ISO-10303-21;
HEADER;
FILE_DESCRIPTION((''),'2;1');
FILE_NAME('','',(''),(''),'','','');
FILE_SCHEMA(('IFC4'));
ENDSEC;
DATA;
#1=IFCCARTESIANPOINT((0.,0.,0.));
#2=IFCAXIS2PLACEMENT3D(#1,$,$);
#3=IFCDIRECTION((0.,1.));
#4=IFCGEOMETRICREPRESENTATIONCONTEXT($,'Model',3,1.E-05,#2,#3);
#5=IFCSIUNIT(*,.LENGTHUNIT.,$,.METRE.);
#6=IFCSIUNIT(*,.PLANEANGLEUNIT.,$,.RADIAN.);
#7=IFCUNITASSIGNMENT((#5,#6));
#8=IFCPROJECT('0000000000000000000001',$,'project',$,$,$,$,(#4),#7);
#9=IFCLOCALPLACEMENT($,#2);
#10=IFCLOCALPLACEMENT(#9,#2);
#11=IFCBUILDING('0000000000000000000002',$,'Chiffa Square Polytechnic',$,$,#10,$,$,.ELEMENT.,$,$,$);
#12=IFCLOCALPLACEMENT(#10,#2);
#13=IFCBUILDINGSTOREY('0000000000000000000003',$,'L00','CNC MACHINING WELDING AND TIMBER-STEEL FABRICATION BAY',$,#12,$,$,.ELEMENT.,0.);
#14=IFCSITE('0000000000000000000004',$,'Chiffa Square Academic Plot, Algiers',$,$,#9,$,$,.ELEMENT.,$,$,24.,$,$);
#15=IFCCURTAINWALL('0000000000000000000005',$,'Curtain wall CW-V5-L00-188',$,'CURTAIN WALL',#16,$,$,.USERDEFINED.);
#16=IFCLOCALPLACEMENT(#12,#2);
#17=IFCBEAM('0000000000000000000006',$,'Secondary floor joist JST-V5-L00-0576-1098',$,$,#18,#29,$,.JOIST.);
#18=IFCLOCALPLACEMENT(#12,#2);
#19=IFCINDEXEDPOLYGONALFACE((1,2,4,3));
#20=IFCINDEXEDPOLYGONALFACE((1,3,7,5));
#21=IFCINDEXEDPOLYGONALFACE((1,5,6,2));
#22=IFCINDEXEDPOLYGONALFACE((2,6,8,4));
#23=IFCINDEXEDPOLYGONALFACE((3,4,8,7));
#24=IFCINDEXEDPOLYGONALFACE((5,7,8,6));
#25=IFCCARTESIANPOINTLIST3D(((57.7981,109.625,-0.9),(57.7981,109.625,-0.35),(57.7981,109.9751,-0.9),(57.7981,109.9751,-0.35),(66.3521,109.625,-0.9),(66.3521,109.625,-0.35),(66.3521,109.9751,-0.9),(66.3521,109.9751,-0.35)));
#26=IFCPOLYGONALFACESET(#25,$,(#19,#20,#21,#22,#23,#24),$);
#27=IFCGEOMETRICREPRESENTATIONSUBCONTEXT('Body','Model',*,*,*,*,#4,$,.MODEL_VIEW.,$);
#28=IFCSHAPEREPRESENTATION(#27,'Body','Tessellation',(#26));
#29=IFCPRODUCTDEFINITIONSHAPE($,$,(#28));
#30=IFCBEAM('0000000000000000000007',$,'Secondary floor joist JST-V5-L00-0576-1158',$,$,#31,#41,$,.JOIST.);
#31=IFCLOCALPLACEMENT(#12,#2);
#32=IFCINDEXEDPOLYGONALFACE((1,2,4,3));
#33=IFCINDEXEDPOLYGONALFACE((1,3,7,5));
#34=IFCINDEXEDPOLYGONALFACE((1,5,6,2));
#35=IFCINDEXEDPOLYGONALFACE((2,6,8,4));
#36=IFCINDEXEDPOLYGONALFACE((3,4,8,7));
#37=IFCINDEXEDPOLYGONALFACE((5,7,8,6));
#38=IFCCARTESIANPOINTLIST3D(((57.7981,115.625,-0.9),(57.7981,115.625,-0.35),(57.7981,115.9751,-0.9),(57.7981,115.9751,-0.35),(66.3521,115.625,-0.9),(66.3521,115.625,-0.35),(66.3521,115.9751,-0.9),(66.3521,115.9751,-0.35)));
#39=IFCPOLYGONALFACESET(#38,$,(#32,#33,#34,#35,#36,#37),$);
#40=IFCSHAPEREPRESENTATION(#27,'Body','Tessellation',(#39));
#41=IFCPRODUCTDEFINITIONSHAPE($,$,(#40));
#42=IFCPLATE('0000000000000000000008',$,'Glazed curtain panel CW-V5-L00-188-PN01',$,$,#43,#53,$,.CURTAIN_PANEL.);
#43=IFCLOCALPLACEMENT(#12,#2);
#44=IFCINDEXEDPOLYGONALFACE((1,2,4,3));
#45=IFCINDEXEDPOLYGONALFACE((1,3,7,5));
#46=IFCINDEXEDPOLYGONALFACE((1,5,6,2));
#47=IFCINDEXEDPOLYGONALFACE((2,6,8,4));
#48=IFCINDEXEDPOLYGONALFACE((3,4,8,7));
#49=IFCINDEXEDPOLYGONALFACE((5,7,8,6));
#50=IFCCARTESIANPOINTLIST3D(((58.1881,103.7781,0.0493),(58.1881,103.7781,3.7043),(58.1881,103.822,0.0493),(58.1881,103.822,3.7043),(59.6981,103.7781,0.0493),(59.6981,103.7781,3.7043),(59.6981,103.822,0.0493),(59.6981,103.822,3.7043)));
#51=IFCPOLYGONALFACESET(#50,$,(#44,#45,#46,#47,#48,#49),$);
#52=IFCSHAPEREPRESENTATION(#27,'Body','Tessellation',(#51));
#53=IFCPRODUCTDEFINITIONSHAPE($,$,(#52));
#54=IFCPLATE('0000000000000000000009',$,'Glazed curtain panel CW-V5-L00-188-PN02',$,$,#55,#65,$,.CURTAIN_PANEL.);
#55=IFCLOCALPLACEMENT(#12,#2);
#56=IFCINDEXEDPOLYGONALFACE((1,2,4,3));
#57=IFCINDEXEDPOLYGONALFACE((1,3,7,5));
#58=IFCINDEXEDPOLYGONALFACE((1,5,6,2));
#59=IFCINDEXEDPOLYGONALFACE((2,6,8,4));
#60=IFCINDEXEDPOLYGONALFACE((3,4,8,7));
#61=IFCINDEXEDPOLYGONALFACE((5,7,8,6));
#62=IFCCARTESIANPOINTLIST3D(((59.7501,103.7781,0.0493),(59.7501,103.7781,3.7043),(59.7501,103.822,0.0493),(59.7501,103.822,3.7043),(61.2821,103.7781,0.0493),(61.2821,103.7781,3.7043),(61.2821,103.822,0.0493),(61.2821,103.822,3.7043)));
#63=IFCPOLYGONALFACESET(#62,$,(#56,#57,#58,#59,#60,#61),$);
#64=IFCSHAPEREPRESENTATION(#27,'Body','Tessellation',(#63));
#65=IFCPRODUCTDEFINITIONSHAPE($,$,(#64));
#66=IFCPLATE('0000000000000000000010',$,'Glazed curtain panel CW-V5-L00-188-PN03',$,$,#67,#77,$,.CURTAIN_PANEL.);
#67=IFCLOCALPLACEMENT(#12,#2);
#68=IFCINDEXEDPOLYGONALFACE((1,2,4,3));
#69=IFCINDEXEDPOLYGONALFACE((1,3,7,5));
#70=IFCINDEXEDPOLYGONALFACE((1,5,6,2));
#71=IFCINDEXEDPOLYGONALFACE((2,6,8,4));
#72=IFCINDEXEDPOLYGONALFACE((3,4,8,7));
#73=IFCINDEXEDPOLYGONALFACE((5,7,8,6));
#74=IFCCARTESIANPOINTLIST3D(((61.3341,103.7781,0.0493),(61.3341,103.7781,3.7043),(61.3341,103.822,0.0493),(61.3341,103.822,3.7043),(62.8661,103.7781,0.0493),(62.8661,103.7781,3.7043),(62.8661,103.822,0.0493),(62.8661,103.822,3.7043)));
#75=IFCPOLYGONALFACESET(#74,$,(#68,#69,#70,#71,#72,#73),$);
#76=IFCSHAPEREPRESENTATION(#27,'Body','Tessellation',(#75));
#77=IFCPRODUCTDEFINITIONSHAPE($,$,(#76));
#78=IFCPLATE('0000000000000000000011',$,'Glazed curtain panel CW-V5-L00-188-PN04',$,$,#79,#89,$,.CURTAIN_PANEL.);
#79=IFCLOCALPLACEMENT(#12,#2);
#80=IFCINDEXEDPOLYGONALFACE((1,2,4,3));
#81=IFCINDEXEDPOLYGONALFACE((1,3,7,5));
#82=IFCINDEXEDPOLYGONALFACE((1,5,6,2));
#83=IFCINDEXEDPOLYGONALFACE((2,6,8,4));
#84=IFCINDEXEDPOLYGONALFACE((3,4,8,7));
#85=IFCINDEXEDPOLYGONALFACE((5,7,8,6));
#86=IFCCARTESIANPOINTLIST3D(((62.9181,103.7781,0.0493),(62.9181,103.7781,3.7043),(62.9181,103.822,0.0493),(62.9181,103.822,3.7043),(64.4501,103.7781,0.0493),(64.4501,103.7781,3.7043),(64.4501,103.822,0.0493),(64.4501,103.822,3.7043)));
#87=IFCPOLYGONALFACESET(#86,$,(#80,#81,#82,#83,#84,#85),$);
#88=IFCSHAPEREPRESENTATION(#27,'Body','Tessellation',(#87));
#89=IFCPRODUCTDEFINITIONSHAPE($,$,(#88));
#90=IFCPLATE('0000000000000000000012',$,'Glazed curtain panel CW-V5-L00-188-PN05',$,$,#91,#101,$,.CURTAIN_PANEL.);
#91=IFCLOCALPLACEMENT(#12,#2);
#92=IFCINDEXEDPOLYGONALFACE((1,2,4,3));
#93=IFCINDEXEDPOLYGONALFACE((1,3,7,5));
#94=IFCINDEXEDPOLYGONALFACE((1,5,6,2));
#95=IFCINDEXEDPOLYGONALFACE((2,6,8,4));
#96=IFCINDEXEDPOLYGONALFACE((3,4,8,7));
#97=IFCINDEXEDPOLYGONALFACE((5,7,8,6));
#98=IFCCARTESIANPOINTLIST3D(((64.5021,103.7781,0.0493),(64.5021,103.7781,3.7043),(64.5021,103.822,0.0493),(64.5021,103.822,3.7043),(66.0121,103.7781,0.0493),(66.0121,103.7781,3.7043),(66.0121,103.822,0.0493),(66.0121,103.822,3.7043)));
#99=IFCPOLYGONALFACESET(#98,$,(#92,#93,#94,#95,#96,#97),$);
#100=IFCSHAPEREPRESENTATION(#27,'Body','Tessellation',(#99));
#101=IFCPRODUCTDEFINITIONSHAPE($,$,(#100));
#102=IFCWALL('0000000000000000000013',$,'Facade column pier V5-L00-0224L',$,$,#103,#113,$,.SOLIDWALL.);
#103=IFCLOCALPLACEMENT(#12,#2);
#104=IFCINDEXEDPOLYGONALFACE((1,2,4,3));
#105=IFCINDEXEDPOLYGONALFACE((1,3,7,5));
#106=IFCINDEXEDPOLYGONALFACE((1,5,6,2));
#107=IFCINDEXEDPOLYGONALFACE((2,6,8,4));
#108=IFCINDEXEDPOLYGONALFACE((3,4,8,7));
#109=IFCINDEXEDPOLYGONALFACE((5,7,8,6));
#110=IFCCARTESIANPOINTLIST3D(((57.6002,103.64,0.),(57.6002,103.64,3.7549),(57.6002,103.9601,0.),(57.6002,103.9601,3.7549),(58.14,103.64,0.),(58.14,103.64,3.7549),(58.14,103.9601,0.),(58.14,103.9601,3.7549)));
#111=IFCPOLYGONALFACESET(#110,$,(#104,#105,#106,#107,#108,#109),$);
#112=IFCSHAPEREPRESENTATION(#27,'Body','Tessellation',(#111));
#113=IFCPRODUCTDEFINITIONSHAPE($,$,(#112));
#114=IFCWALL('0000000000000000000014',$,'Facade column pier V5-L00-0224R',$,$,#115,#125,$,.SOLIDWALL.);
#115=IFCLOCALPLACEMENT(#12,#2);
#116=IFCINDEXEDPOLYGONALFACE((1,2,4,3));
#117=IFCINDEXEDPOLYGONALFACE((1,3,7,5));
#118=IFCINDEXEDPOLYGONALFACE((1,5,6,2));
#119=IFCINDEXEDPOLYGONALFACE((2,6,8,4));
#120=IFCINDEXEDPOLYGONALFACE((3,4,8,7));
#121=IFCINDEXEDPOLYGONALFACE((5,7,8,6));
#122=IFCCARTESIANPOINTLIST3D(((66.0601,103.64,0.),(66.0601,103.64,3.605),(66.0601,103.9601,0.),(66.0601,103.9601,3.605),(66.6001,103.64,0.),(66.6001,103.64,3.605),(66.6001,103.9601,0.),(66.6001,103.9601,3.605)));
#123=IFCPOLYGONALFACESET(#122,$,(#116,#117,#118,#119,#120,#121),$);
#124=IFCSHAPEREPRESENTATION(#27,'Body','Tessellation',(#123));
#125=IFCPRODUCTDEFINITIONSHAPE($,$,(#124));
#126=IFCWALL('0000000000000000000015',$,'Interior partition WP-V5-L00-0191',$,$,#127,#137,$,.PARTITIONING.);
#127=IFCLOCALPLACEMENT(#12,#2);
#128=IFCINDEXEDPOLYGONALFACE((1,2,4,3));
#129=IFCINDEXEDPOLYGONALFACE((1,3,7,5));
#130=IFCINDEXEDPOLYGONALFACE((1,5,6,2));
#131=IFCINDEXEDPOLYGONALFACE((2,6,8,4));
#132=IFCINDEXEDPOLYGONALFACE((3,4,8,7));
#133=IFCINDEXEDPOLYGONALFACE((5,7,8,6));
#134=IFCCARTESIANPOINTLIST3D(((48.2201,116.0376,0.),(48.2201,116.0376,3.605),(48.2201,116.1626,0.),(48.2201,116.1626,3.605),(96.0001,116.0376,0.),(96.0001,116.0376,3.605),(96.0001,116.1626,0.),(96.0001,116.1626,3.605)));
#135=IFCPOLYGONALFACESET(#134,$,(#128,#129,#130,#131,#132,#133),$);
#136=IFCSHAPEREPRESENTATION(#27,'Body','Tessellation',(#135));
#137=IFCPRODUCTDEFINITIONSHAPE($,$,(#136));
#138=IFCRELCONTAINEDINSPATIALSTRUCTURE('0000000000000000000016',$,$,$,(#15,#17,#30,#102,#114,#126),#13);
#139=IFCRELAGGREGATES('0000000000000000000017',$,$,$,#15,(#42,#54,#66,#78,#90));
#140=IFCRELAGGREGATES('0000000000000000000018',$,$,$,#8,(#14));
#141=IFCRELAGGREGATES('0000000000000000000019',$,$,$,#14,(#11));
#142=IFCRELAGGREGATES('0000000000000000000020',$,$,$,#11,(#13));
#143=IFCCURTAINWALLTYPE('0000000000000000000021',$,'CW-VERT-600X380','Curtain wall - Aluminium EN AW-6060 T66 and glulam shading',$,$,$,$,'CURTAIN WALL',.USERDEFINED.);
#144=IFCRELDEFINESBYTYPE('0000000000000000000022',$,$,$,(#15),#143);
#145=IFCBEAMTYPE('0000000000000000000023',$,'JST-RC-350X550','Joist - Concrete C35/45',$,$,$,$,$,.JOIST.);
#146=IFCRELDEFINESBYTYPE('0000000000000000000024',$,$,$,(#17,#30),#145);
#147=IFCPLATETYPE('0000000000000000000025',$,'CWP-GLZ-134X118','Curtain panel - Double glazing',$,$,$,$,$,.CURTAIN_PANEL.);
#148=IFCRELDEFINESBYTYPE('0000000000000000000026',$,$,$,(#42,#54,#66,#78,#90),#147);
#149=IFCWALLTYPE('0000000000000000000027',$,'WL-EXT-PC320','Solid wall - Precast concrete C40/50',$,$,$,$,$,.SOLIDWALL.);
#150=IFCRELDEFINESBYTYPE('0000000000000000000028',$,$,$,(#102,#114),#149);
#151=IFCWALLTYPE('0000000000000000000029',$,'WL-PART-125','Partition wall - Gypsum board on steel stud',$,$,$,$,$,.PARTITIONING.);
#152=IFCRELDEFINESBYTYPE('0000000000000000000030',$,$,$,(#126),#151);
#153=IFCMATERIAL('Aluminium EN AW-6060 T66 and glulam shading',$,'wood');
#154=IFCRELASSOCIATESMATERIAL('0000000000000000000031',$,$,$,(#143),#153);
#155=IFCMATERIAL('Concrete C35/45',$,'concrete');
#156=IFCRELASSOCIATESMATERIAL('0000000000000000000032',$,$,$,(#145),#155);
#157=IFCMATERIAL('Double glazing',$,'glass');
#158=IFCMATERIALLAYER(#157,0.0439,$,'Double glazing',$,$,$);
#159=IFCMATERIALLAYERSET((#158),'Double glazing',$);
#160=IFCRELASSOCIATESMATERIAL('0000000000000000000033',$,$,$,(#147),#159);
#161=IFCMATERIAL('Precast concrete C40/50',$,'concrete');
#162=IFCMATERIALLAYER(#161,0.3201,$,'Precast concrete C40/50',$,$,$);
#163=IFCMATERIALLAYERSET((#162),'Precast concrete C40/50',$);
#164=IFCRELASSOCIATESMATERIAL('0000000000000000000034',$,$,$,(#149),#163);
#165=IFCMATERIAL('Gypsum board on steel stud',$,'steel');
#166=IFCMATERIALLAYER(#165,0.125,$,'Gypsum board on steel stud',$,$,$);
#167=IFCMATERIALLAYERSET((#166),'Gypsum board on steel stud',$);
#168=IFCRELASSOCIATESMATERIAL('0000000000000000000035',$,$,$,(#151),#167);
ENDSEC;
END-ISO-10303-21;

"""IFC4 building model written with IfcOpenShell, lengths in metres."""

from ifc_helpers import new_model, si_unit, direction, frame, frame_2d, origin, origin_2d, place, context, subcontext, project, spatial, rectangle, extrude, material, layer, layer_set, material_profile, profile_set, type_object, element, aggregate, save


model = new_model("IFC4")

# Units and contexts
model_context = context("Model", 3, precision=1e-05, world=origin(), true_north=direction((0.0, 1.0)))
body_context = subcontext(model_context, "Body", "Model", "MODEL_VIEW")
ifc_project = project(units=[si_unit("LENGTHUNIT", "METRE"), si_unit("PLANEANGLEUNIT", "RADIAN")], contexts=[model_context])

# Site, building, storey
site_placement = place(None, origin())
site = spatial("IfcSite", under=ifc_project, at=site_placement, Name="Chiffa Square Academic Plot, Algiers", CompositionType="ELEMENT", RefElevation=24.0)
building_placement = place(site_placement, origin())
building = spatial("IfcBuilding", under=site, at=building_placement, Name="Chiffa Square Polytechnic", CompositionType="ELEMENT")
storey_placement = place(building_placement, origin())
storey = spatial("IfcBuildingStorey", under=building, at=storey_placement, Name="L00", Description="CNC MACHINING WELDING AND TIMBER-STEEL FABRICATION BAY", CompositionType="ELEMENT", Elevation=0.0)

# Shared definitions
ifc_material_1 = material(Name="Concrete C35/45", Category="concrete")

# Curtain wall
ifc_material_2 = material(Name="Aluminium EN AW-6060 T66 and glulam shading", Category="wood")
curtain_wall_type = type_object("IfcCurtainWallType", Name="CW-VERT-600X380", Description="Curtain wall - Aluminium EN AW-6060 T66 and glulam shading", ElementType="CURTAIN WALL", PredefinedType="USERDEFINED", material=ifc_material_2)
curtain_wall_placement = place(storey_placement, origin())
curtain_wall = element("IfcCurtainWall", 1, at=curtain_wall_placement, inside=storey, type_object=curtain_wall_type, Name="Curtain wall CW-V5-L00-188", ObjectType="CURTAIN WALL", PredefinedType="USERDEFINED")

# Beams
ifc_material_profile_1 = material_profile(ifc_material_1, rectangle(XDim=0.3501, YDim=0.55, at=origin_2d()), Name="RC 350x550")
ifc_profile_set_1 = profile_set([ifc_material_profile_1], Name="Concrete C35/45")
beam_type_1 = type_object("IfcBeamType", Name="JST-RC-350X550", Description="Joist - Concrete C35/45", PredefinedType="JOIST", material=ifc_profile_set_1)
for number, where, z_axis, x_axis, name in (
    (2, (57.7981, 109.8, -0.625), (1.0, 0.0, 0.0), (0.0, 1.0, 0.0), "Secondary floor joist JST-V5-L00-0576-1098"),
    (3, (57.7981, 115.8, -0.625), (1.0, 0.0, 0.0), (0.0, 1.0, 0.0), "Secondary floor joist JST-V5-L00-0576-1158"),
):
    element("IfcBeam", number, at=place(storey_placement, frame(where, z_axis=z_axis, x_axis=x_axis)), inside=storey, type_object=beam_type_1, Name=name, PredefinedType="JOIST", context=body_context, shape_type="SweptSolid", body=[
        extrude(rectangle(XDim=0.3501, YDim=0.55, at=origin_2d()), origin(), (0.0, 0.0, 1.0), 8.554),
    ])

# Plates
ifc_material_3 = material(Name="Double glazing", Category="glass")
ifc_layer_1 = layer(ifc_material_3, 0.0439, Name="Double glazing")
ifc_layer_set_1 = layer_set([ifc_layer_1], Name="Double glazing")
plate_type = type_object("IfcPlateType", Name="CWP-GLZ-134X118", Description="Curtain panel - Double glazing", PredefinedType="CURTAIN_PANEL", material=ifc_layer_set_1)
plate_1_placement = place(storey_placement, frame((58.9431, 103.8, 0.0493), z_axis=(0.0, 0.0, 1.0), x_axis=(1.0, 0.0, 0.0)))
plate_1 = element("IfcPlate", 4, at=plate_1_placement, type_object=plate_type, Name="Glazed curtain panel CW-V5-L00-188-PN01", PredefinedType="CURTAIN_PANEL", context=body_context, shape_type="SweptSolid", body=[
    extrude(rectangle(XDim=1.51, YDim=0.0439, at=origin_2d()), origin(), (0.0, 0.0, 1.0), 3.655),
])
plate_2_placement = place(storey_placement, frame((60.5161, 103.8, 0.0493), z_axis=(0.0, 0.0, 1.0), x_axis=(1.0, 0.0, 0.0)))
plate_2 = element("IfcPlate", 5, at=plate_2_placement, type_object=plate_type, Name="Glazed curtain panel CW-V5-L00-188-PN02", PredefinedType="CURTAIN_PANEL", context=body_context, shape_type="SweptSolid", body=[
    extrude(rectangle(XDim=1.532, YDim=0.0439, at=origin_2d()), origin(), (0.0, 0.0, 1.0), 3.655),
])
plate_3_placement = place(storey_placement, frame((62.1001, 103.8, 0.0493), z_axis=(0.0, 0.0, 1.0), x_axis=(1.0, 0.0, 0.0)))
plate_3 = element("IfcPlate", 6, at=plate_3_placement, type_object=plate_type, Name="Glazed curtain panel CW-V5-L00-188-PN03", PredefinedType="CURTAIN_PANEL", context=body_context, shape_type="SweptSolid", body=[
    extrude(rectangle(XDim=1.532, YDim=0.0439, at=origin_2d()), origin(), (0.0, 0.0, 1.0), 3.655),
])
plate_4_placement = place(storey_placement, frame((63.6841, 103.8, 0.0493), z_axis=(0.0, 0.0, 1.0), x_axis=(1.0, 0.0, 0.0)))
plate_4 = element("IfcPlate", 7, at=plate_4_placement, type_object=plate_type, Name="Glazed curtain panel CW-V5-L00-188-PN04", PredefinedType="CURTAIN_PANEL", context=body_context, shape_type="SweptSolid", body=[
    extrude(rectangle(XDim=1.532, YDim=0.0439, at=origin_2d()), origin(), (0.0, 0.0, 1.0), 3.655),
])
plate_5_placement = place(storey_placement, frame((65.2571, 103.8, 0.0493), z_axis=(0.0, 0.0, 1.0), x_axis=(1.0, 0.0, 0.0)))
plate_5 = element("IfcPlate", 8, at=plate_5_placement, type_object=plate_type, Name="Glazed curtain panel CW-V5-L00-188-PN05", PredefinedType="CURTAIN_PANEL", context=body_context, shape_type="SweptSolid", body=[
    extrude(rectangle(XDim=1.51, YDim=0.0439, at=origin_2d()), origin(), (0.0, 0.0, 1.0), 3.655),
])
aggregate(curtain_wall, [plate_1, plate_2, plate_3, plate_4, plate_5])

# Walls
ifc_material_4 = material(Name="Precast concrete C40/50", Category="concrete")
ifc_layer_2 = layer(ifc_material_4, 0.3201, Name="Precast concrete C40/50")
ifc_layer_set_2 = layer_set([ifc_layer_2], Name="Precast concrete C40/50")
wall_type_1 = type_object("IfcWallType", Name="WL-EXT-PC320", Description="Solid wall - Precast concrete C40/50", PredefinedType="SOLIDWALL", material=ifc_layer_set_2)
wall_1_placement = place(storey_placement, frame((57.6001, 103.8, 0.0), z_axis=(0.0, 0.0, 1.0), x_axis=(1.0, 0.0, 0.0)))
element("IfcWall", 9, at=wall_1_placement, inside=storey, type_object=wall_type_1, Name="Facade column pier V5-L00-0224L", PredefinedType="SOLIDWALL", context=body_context, shape_type="SweptSolid", body=[
    extrude(rectangle(XDim=0.5398, YDim=0.3201, at=frame_2d((0.27, 0.0))), origin(), (0.0, 0.0, 1.0), 3.7549),
])
wall_2_placement = place(storey_placement, frame((66.0601, 103.8, 0.0), z_axis=(0.0, 0.0, 1.0), x_axis=(1.0, 0.0, 0.0)))
element("IfcWall", 10, at=wall_2_placement, inside=storey, type_object=wall_type_1, Name="Facade column pier V5-L00-0224R", PredefinedType="SOLIDWALL", context=body_context, shape_type="SweptSolid", body=[
    extrude(rectangle(XDim=0.54, YDim=0.3201, at=frame_2d((0.27, 0.0))), origin(), (0.0, 0.0, 1.0), 3.605),
])
ifc_material_5 = material(Name="Gypsum board on steel stud", Category="steel")
ifc_layer_3 = layer(ifc_material_5, 0.125, Name="Gypsum board on steel stud")
ifc_layer_set_3 = layer_set([ifc_layer_3], Name="Gypsum board on steel stud")
wall_type_2 = type_object("IfcWallType", Name="WL-PART-125", Description="Partition wall - Gypsum board on steel stud", PredefinedType="PARTITIONING", material=ifc_layer_set_3)
wall_3_placement = place(storey_placement, frame((48.22, 116.1001, 0.0), z_axis=(0.0, 0.0, 1.0), x_axis=(1.0, 0.0, 0.0)))
element("IfcWall", 11, at=wall_3_placement, inside=storey, type_object=wall_type_2, Name="Interior partition WP-V5-L00-0191", PredefinedType="PARTITIONING", context=body_context, shape_type="SweptSolid", body=[
    extrude(rectangle(XDim=47.78, YDim=0.125, at=frame_2d((23.8901, 0.0))), origin(), (0.0, 0.0, 1.0), 3.605),
])

save(model, "model.ifc")
